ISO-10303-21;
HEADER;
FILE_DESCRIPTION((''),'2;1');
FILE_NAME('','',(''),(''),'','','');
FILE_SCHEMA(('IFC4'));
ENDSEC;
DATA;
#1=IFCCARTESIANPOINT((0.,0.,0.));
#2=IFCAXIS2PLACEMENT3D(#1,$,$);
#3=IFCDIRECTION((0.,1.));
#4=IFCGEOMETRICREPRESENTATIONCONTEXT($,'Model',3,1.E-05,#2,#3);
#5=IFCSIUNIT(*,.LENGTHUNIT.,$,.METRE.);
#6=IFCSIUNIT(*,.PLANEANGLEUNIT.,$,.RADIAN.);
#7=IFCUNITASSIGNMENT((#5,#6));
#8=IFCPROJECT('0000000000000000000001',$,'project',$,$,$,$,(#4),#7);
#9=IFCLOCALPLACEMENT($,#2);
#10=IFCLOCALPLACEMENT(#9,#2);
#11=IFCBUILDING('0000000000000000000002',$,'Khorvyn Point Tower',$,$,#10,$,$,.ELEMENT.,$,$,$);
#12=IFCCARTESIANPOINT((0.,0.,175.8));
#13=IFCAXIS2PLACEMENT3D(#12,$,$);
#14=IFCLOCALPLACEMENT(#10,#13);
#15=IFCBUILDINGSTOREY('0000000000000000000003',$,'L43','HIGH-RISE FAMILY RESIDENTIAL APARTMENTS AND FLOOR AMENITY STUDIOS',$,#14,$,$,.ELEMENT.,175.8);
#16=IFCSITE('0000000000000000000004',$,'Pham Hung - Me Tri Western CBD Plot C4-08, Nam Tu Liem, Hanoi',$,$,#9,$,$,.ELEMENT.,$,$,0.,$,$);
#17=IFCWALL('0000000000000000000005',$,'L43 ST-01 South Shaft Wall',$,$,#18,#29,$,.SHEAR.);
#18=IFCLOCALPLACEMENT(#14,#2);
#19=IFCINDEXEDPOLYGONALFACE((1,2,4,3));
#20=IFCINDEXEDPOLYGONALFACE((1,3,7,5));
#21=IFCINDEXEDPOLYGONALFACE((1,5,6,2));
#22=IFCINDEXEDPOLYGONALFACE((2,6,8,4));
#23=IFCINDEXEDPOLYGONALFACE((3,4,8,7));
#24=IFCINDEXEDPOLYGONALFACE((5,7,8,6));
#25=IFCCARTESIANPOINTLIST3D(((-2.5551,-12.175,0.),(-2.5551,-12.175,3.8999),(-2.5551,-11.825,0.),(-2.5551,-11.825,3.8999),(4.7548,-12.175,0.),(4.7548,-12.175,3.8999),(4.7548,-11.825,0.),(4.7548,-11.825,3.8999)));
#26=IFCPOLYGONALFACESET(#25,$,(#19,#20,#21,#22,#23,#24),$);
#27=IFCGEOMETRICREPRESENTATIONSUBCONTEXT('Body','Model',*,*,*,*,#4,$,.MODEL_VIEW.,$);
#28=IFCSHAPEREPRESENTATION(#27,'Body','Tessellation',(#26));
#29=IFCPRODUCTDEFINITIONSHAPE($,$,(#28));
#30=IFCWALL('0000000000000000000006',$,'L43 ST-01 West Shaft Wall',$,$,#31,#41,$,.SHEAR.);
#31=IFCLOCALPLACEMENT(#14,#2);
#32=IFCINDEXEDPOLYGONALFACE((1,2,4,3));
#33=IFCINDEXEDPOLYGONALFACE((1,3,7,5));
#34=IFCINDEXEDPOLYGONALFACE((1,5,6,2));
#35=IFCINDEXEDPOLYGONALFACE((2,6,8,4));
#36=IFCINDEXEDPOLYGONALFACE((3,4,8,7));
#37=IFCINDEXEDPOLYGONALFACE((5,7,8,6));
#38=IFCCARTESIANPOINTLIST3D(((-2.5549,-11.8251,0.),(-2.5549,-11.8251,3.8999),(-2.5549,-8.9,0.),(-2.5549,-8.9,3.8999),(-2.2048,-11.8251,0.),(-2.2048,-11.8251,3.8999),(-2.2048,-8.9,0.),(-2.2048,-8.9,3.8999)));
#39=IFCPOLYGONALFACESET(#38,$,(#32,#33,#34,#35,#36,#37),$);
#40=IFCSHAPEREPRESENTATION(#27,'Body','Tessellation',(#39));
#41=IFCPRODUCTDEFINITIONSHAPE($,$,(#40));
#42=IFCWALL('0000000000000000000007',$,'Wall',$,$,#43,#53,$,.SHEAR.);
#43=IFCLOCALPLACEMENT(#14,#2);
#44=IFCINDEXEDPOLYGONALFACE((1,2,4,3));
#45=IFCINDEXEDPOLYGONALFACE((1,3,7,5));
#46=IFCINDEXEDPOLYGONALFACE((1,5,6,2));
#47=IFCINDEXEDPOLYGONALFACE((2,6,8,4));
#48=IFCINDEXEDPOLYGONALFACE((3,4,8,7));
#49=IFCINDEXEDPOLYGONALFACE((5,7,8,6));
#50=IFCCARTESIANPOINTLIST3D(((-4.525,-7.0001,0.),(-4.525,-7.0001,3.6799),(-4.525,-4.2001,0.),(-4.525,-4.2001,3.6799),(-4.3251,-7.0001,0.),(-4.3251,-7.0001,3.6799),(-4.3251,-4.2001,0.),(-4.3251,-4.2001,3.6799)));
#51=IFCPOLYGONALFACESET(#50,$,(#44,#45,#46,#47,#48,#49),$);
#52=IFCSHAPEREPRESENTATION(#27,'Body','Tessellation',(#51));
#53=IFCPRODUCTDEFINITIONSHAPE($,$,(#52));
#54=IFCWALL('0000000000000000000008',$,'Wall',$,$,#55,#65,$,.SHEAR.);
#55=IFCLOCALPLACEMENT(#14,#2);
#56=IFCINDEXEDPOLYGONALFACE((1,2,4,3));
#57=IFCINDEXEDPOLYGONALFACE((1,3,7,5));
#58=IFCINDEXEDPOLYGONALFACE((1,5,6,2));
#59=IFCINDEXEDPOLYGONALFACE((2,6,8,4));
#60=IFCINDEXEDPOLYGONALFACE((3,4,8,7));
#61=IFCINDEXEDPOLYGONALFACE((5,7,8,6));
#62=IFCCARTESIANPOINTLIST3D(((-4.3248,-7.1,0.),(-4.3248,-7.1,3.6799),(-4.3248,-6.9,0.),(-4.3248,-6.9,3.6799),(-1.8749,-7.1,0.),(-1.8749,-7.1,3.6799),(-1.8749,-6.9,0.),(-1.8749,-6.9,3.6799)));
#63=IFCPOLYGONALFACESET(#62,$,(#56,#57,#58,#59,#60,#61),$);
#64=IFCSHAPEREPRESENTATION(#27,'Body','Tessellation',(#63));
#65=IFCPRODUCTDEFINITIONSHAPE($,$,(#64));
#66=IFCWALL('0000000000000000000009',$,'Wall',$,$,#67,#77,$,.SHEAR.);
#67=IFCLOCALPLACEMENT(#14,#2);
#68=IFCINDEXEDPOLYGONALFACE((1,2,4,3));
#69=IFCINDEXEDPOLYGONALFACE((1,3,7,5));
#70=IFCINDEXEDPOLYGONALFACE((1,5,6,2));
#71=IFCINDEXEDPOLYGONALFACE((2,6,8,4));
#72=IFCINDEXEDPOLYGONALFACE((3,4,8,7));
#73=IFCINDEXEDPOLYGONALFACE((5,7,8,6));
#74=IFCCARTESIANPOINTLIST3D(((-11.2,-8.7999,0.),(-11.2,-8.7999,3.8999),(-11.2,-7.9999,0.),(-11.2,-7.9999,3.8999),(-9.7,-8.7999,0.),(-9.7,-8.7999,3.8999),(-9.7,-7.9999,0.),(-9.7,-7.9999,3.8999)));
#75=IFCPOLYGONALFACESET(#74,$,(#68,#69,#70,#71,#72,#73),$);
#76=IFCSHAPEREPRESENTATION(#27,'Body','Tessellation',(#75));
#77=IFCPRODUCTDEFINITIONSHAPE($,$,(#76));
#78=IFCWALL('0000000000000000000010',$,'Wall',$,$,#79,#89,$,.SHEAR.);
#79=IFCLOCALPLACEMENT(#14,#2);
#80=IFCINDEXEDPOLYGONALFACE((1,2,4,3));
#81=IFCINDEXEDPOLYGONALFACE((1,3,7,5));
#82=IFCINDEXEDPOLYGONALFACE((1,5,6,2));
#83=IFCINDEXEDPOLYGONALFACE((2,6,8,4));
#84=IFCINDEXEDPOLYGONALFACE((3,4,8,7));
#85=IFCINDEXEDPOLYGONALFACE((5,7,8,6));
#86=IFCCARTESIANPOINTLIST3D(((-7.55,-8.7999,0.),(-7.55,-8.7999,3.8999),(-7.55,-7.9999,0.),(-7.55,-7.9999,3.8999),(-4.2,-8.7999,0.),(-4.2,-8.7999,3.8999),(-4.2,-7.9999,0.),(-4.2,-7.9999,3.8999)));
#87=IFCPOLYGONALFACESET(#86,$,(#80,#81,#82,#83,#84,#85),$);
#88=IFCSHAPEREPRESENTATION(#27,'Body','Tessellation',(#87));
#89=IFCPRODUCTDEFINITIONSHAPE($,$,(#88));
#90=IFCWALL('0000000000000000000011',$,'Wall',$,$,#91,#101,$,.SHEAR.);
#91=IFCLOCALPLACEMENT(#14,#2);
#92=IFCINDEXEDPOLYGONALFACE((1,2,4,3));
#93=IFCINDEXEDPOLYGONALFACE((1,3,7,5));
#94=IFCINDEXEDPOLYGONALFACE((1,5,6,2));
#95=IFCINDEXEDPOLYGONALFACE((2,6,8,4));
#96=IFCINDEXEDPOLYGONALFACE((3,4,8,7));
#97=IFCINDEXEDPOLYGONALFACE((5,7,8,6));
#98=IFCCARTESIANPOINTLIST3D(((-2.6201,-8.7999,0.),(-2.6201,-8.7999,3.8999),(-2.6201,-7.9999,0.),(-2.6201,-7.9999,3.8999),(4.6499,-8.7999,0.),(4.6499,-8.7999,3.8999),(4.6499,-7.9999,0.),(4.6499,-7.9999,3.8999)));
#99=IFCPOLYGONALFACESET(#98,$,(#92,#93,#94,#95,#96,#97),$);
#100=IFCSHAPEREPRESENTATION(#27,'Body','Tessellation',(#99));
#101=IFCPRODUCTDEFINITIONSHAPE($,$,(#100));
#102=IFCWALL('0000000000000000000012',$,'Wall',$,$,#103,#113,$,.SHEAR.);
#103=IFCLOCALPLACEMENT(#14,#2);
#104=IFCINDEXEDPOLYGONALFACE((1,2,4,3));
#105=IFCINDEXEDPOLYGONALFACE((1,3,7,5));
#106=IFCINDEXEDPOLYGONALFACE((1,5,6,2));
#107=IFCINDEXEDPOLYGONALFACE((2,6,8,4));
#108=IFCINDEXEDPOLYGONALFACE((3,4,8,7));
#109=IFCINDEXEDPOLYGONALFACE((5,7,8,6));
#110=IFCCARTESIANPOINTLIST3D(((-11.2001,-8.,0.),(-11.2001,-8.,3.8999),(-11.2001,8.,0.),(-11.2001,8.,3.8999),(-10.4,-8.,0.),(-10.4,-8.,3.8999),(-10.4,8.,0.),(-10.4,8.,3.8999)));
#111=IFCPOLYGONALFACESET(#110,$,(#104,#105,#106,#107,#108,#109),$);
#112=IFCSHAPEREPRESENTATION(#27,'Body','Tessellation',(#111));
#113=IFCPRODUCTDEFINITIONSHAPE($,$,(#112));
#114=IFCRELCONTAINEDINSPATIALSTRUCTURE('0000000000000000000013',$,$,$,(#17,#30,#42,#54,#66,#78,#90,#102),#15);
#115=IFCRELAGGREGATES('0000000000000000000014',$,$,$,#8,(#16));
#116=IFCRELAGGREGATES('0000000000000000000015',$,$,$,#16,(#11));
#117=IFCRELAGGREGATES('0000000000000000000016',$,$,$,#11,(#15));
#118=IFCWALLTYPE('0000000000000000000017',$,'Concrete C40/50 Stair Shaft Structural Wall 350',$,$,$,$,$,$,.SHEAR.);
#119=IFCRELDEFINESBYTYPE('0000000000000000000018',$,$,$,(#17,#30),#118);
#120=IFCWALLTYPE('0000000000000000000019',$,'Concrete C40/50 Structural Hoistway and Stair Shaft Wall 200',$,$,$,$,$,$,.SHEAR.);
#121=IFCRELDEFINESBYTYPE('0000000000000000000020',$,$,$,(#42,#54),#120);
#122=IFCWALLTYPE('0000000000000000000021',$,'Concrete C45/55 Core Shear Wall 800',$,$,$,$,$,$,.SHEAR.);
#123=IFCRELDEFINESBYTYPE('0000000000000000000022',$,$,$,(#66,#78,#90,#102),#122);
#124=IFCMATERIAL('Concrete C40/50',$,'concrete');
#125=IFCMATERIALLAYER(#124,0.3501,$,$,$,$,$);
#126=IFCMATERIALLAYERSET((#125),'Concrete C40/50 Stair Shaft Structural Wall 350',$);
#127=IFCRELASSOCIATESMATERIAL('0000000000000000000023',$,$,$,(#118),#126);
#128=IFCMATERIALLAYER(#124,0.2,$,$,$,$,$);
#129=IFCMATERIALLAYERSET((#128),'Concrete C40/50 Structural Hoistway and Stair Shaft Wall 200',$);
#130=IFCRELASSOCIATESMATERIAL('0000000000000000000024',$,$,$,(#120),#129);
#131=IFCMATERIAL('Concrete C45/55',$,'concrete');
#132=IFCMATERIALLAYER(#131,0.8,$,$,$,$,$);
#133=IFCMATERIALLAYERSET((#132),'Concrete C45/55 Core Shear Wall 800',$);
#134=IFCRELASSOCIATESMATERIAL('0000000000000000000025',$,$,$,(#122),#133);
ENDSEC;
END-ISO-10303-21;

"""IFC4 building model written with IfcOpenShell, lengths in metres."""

from ifc_helpers import new_model, si_unit, direction, frame, frame_2d, origin, place, context, subcontext, project, spatial, rectangle, extrude, material, layer, layer_set, type_object, element, save


model = new_model("IFC4")

# Units and contexts
model_context = context("Model", 3, precision=1e-05, world=origin(), true_north=direction((0.0, 1.0)))
body_context = subcontext(model_context, "Body", "Model", "MODEL_VIEW")
ifc_project = project(units=[si_unit("LENGTHUNIT", "METRE"), si_unit("PLANEANGLEUNIT", "RADIAN")], contexts=[model_context])

# Site, building, storey
site_placement = place(None, origin())
site = spatial("IfcSite", under=ifc_project, at=site_placement, Name="Pham Hung - Me Tri Western CBD Plot C4-08, Nam Tu Liem, Hanoi", CompositionType="ELEMENT", RefElevation=0.0)
building_placement = place(site_placement, origin())
building = spatial("IfcBuilding", under=site, at=building_placement, Name="Khorvyn Point Tower", CompositionType="ELEMENT")
storey_placement = place(building_placement, frame((0.0, 0.0, 175.8)))
storey = spatial("IfcBuildingStorey", under=building, at=storey_placement, Name="L43", Description="HIGH-RISE FAMILY RESIDENTIAL APARTMENTS AND FLOOR AMENITY STUDIOS", CompositionType="ELEMENT", Elevation=175.8)

# Shared definitions
ifc_material_1 = material(Name="Concrete C45/55", Category="concrete")

# Shared definitions
ifc_material_2 = material(Name="Concrete C40/50", Category="concrete")

# Walls
ifc_layer_1 = layer(ifc_material_2, 0.3501)
ifc_layer_set_1 = layer_set([ifc_layer_1], Name="Concrete C40/50 Stair Shaft Structural Wall 350")
wall_type_1 = type_object("IfcWallType", Name="Concrete C40/50 Stair Shaft Structural Wall 350", PredefinedType="SHEAR", material=ifc_layer_set_1)
wall_1_placement = place(storey_placement, frame((-2.5549, -12.0, 0.0), z_axis=(0.0, 0.0, 1.0), x_axis=(1.0, 0.0, 0.0)))
element("IfcWall", 1, at=wall_1_placement, inside=storey, type_object=wall_type_1, Name="L43 ST-01 South Shaft Wall", PredefinedType="SHEAR", context=body_context, shape_type="SweptSolid", body=[
    extrude(rectangle(XDim=7.3098, YDim=0.3501, at=frame_2d((3.6548, 0.0))), origin(), (0.0, 0.0, 1.0), 3.8999),
])
wall_2_placement = place(storey_placement, frame((-2.3799, -11.825, 0.0), z_axis=(0.0, 0.0, 1.0), x_axis=(0.0, 1.0, 0.0)))
element("IfcWall", 2, at=wall_2_placement, inside=storey, type_object=wall_type_1, Name="L43 ST-01 West Shaft Wall", PredefinedType="SHEAR", context=body_context, shape_type="SweptSolid", body=[
    extrude(rectangle(XDim=2.925, YDim=0.3501, at=frame_2d((1.4624, 0.0))), origin(), (0.0, 0.0, 1.0), 3.8999),
])
ifc_layer_2 = layer(ifc_material_2, 0.2)
ifc_layer_set_2 = layer_set([ifc_layer_2], Name="Concrete C40/50 Structural Hoistway and Stair Shaft Wall 200")
wall_type_2 = type_object("IfcWallType", Name="Concrete C40/50 Structural Hoistway and Stair Shaft Wall 200", PredefinedType="SHEAR", material=ifc_layer_set_2)
wall_3_placement = place(storey_placement, frame((-4.425, -7.0, 0.0), z_axis=(0.0, 0.0, 1.0), x_axis=(0.0, 1.0, 0.0)))
element("IfcWall", 3, at=wall_3_placement, inside=storey, type_object=wall_type_2, Name="Wall", PredefinedType="SHEAR", context=body_context, shape_type="SweptSolid", body=[
    extrude(rectangle(XDim=2.8, YDim=0.2, at=frame_2d((1.3999, 0.0))), origin(), (0.0, 0.0, 1.0), 3.6799),
])
wall_4_placement = place(storey_placement, frame((-4.325, -7.0, 0.0), z_axis=(0.0, 0.0, 1.0), x_axis=(1.0, 0.0, 0.0)))
element("IfcWall", 4, at=wall_4_placement, inside=storey, type_object=wall_type_2, Name="Wall", PredefinedType="SHEAR", context=body_context, shape_type="SweptSolid", body=[
    extrude(rectangle(XDim=2.45, YDim=0.2, at=frame_2d((1.2251, 0.0))), origin(), (0.0, 0.0, 1.0), 3.6799),
])
ifc_layer_3 = layer(ifc_material_1, 0.8)
ifc_layer_set_3 = layer_set([ifc_layer_3], Name="Concrete C45/55 Core Shear Wall 800")
wall_type_3 = type_object("IfcWallType", Name="Concrete C45/55 Core Shear Wall 800", PredefinedType="SHEAR", material=ifc_layer_set_3)
wall_5_placement = place(storey_placement, frame((-11.2, -8.3999, 0.0), z_axis=(0.0, 0.0, 1.0), x_axis=(1.0, 0.0, 0.0)))
element("IfcWall", 5, at=wall_5_placement, inside=storey, type_object=wall_type_3, Name="Wall", PredefinedType="SHEAR", context=body_context, shape_type="SweptSolid", body=[
    extrude(rectangle(XDim=1.5, YDim=0.8, at=frame_2d((0.75, 0.0))), origin(), (0.0, 0.0, 1.0), 3.8999),
])
wall_6_placement = place(storey_placement, frame((-7.55, -8.3999, 0.0), z_axis=(0.0, 0.0, 1.0), x_axis=(1.0, 0.0, 0.0)))
element("IfcWall", 6, at=wall_6_placement, inside=storey, type_object=wall_type_3, Name="Wall", PredefinedType="SHEAR", context=body_context, shape_type="SweptSolid", body=[
    extrude(rectangle(XDim=3.3501, YDim=0.8, at=frame_2d((1.675, 0.0))), origin(), (0.0, 0.0, 1.0), 3.8999),
])
wall_7_placement = place(storey_placement, frame((-2.6201, -8.3999, 0.0), z_axis=(0.0, 0.0, 1.0), x_axis=(1.0, 0.0, 0.0)))
element("IfcWall", 7, at=wall_7_placement, inside=storey, type_object=wall_type_3, Name="Wall", PredefinedType="SHEAR", context=body_context, shape_type="SweptSolid", body=[
    extrude(rectangle(XDim=7.27, YDim=0.8, at=frame_2d((3.635, 0.0))), origin(), (0.0, 0.0, 1.0), 3.8999),
])
wall_8_placement = place(storey_placement, frame((-10.8, -8.0, 0.0), z_axis=(0.0, 0.0, 1.0), x_axis=(0.0, 1.0, 0.0)))
element("IfcWall", 8, at=wall_8_placement, inside=storey, type_object=wall_type_3, Name="Wall", PredefinedType="SHEAR", context=body_context, shape_type="SweptSolid", body=[
    extrude(rectangle(XDim=16.0, YDim=0.8, at=frame_2d((8.0, 0.0))), origin(), (0.0, 0.0, 1.0), 3.8999),
])

save(model, "model.ifc")
